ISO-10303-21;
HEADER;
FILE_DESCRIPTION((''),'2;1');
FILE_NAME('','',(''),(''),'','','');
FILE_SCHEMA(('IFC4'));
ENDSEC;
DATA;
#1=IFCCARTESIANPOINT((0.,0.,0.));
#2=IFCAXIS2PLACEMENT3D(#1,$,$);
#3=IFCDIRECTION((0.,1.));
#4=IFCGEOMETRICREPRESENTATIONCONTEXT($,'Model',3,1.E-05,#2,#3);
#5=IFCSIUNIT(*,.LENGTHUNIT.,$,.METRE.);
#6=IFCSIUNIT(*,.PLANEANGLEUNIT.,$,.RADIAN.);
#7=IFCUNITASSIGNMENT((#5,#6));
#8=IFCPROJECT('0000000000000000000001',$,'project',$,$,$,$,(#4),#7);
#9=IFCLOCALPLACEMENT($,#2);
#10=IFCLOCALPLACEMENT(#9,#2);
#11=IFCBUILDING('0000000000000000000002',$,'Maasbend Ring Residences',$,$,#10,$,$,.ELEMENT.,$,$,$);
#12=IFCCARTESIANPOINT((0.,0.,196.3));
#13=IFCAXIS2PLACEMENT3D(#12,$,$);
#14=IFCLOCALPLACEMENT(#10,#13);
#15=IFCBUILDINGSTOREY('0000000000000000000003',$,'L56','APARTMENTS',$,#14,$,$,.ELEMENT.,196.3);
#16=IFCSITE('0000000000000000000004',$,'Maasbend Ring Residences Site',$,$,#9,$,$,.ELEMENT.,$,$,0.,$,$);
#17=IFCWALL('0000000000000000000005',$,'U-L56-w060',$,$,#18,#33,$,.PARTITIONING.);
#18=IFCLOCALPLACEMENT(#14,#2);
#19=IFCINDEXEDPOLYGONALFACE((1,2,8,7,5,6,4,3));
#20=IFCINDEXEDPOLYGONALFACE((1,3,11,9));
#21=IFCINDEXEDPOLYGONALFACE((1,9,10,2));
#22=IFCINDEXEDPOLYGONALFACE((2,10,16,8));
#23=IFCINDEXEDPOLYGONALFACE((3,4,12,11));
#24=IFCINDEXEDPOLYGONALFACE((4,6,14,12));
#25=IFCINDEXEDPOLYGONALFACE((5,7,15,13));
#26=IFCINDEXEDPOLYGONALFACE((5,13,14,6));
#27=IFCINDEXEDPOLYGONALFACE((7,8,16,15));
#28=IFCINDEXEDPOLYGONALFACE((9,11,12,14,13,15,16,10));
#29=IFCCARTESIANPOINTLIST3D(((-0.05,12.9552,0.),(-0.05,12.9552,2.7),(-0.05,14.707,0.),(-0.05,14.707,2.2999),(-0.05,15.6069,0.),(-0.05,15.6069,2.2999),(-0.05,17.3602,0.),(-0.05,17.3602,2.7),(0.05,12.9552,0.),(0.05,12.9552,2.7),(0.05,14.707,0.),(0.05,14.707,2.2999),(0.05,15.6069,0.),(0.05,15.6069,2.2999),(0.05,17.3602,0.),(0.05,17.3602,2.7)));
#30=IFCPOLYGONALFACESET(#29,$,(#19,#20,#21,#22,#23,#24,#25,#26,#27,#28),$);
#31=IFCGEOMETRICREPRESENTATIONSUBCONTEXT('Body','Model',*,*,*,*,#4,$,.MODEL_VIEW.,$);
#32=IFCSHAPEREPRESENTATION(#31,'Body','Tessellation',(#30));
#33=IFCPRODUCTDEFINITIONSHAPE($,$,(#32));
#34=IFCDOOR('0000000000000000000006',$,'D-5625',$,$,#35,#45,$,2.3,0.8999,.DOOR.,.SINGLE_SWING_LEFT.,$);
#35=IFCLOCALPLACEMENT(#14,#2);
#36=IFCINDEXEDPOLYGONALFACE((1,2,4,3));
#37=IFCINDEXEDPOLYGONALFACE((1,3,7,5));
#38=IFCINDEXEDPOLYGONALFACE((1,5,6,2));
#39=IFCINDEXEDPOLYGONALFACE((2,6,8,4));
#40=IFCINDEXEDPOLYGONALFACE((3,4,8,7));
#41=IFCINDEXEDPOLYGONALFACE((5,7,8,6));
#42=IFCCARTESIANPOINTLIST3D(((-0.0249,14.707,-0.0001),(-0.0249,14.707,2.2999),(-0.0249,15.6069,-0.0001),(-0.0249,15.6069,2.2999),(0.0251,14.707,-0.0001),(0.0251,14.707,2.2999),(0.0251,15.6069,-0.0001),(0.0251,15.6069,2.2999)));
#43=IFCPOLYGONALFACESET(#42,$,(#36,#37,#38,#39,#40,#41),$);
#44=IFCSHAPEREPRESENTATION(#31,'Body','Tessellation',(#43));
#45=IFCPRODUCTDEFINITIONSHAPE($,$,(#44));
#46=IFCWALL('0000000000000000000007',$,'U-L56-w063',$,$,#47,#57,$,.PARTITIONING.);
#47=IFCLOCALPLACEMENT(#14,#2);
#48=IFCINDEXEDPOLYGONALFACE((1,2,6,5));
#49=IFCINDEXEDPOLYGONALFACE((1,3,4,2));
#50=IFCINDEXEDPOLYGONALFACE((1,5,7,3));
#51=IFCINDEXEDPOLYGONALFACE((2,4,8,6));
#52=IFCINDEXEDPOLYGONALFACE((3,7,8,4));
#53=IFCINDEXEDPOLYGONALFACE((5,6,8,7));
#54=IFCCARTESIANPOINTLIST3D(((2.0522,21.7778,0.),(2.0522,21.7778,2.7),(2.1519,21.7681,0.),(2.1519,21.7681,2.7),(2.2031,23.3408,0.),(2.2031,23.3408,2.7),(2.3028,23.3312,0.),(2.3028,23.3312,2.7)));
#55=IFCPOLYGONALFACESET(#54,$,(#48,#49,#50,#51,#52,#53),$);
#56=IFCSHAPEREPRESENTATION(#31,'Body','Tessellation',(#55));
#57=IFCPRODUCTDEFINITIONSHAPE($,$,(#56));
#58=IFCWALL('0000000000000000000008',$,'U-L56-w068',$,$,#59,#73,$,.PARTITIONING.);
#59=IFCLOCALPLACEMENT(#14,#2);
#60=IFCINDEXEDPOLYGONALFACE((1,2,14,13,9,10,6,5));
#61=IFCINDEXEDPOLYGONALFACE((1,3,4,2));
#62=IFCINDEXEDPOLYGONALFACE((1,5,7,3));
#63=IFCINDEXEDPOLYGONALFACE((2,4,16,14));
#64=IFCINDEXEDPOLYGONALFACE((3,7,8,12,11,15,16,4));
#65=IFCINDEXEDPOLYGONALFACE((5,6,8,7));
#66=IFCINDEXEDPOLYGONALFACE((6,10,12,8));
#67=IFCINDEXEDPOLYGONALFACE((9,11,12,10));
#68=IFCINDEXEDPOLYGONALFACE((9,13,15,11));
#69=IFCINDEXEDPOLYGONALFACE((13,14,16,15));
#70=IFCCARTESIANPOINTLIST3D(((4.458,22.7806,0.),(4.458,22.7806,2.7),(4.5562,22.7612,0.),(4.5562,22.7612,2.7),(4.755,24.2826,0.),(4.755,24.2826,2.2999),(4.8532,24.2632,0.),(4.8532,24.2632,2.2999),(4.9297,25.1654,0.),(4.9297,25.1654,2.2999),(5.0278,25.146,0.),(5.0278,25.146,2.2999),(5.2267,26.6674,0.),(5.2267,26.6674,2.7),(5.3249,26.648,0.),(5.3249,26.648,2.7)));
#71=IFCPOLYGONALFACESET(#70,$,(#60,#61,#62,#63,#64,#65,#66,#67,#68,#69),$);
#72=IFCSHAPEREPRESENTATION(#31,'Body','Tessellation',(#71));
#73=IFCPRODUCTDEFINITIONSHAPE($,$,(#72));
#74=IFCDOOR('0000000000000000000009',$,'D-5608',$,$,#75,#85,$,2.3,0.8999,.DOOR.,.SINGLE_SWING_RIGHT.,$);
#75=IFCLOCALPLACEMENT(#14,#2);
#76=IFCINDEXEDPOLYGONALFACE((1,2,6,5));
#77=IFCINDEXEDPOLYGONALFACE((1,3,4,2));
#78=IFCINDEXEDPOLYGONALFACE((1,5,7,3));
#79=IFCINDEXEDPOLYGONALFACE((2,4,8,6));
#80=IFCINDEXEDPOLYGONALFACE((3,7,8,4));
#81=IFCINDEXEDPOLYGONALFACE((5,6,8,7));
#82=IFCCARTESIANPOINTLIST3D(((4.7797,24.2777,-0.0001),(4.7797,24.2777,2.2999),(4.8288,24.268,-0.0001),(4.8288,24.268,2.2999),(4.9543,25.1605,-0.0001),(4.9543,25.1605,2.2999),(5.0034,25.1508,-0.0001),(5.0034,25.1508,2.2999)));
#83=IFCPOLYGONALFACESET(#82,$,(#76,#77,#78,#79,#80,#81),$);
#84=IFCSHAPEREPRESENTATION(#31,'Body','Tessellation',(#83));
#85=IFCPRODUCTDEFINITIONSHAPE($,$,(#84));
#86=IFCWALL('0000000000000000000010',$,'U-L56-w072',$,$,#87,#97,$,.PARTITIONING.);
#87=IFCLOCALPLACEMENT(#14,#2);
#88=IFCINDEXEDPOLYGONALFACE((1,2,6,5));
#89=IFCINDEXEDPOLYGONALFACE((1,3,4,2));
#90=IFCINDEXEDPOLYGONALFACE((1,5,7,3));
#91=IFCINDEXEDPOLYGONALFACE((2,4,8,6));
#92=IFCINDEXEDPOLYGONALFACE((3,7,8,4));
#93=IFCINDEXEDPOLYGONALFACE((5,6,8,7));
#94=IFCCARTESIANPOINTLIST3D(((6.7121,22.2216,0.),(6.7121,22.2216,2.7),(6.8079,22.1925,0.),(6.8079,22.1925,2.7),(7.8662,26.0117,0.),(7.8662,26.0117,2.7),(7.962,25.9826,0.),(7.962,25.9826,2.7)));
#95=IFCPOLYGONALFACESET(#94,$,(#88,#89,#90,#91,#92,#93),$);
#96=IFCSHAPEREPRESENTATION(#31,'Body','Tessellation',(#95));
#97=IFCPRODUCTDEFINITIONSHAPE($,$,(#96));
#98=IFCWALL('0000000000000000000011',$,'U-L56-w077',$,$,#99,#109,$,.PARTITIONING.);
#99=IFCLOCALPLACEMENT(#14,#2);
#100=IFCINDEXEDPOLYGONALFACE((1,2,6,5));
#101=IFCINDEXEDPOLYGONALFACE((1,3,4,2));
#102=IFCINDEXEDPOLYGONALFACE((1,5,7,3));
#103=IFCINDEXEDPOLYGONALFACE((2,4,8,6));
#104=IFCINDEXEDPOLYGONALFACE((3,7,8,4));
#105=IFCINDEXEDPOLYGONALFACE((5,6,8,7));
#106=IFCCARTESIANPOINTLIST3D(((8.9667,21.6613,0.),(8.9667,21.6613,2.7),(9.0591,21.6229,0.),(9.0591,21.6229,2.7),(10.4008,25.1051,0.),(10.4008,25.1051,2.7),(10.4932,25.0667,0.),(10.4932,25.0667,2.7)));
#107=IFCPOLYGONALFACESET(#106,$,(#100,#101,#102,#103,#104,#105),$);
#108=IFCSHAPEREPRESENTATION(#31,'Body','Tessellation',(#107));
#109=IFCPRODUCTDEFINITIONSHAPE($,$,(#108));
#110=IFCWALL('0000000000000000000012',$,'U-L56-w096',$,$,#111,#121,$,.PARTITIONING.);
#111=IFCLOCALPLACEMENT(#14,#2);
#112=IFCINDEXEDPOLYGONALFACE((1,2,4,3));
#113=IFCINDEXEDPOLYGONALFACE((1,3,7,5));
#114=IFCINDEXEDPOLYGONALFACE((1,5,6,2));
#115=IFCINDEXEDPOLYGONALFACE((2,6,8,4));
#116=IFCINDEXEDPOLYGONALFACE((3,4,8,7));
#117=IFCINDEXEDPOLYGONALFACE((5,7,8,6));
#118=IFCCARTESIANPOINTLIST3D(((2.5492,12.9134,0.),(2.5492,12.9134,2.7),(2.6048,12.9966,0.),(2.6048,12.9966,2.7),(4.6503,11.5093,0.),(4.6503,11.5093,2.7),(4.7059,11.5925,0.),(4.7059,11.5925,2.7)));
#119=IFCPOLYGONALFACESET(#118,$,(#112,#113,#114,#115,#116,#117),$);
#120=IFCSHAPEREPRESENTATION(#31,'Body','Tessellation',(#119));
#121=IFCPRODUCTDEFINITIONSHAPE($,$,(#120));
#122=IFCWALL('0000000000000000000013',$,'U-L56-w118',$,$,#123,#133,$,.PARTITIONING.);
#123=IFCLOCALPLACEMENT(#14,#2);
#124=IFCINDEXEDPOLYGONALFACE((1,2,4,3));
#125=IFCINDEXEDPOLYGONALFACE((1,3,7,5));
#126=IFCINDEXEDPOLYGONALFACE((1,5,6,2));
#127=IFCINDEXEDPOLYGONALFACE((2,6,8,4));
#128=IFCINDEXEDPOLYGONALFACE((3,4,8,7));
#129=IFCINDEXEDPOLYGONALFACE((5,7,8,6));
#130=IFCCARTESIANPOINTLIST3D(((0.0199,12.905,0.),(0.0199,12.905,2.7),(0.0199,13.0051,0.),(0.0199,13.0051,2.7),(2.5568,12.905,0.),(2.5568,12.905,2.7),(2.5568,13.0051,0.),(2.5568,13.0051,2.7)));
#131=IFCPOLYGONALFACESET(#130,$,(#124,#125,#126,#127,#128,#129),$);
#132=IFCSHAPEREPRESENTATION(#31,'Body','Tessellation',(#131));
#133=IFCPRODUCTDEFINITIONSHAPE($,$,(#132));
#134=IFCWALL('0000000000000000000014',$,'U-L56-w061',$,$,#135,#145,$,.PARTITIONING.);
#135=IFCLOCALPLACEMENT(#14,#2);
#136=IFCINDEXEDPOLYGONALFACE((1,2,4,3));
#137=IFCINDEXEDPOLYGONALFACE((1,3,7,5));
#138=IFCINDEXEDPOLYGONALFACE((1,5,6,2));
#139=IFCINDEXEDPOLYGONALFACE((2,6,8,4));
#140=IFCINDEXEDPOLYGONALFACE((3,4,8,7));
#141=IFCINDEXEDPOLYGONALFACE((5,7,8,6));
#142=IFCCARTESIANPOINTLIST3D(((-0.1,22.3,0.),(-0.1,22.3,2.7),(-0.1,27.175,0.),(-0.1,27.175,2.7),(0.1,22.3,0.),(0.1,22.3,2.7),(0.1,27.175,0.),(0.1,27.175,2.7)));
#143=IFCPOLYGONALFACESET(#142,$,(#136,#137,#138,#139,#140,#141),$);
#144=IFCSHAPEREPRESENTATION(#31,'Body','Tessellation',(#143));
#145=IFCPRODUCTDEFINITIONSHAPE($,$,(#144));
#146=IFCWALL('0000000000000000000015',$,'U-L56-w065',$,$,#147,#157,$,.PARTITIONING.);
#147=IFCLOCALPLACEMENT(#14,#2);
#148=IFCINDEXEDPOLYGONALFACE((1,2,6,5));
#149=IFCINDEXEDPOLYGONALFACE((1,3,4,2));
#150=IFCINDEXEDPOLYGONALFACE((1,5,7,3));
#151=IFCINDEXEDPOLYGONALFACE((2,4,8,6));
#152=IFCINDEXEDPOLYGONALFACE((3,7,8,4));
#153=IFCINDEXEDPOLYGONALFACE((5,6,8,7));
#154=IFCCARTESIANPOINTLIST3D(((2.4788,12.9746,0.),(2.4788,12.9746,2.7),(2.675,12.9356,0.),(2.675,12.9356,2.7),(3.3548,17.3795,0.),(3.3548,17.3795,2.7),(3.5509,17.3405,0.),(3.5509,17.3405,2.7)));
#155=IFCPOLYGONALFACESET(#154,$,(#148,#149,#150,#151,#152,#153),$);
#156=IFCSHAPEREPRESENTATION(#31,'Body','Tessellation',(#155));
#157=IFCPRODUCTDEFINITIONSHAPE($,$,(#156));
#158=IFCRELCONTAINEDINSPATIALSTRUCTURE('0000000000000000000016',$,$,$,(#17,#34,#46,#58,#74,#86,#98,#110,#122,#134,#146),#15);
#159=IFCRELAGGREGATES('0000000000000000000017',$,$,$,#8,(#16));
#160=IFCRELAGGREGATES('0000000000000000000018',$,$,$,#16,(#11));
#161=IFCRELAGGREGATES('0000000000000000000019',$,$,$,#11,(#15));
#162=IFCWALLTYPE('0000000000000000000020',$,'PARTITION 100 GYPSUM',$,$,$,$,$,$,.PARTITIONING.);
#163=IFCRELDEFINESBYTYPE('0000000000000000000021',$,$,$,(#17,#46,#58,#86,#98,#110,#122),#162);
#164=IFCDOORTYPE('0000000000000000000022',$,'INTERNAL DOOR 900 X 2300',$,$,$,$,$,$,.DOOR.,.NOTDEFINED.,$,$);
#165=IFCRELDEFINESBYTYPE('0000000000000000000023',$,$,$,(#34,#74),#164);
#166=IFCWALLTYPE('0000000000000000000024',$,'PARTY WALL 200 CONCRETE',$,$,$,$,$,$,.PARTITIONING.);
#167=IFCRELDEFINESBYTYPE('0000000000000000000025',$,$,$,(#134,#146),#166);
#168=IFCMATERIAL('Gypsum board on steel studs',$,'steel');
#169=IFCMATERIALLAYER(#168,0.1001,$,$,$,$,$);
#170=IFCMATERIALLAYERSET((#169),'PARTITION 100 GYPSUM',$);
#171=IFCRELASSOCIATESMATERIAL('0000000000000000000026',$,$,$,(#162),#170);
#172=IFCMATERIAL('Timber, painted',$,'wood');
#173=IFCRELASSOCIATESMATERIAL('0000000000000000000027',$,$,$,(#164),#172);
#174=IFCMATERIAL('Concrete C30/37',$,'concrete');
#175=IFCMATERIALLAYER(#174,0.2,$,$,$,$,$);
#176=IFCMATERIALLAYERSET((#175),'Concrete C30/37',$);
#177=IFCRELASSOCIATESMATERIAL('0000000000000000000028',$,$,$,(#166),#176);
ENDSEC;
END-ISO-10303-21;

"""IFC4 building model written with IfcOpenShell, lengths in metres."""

from ifc_helpers import new_model, si_unit, direction, frame, frame_2d, origin, place, context, subcontext, project, spatial, rectangle, extrude, material, layer, layer_set, type_object, element, fill, save


model = new_model("IFC4")

# Units and contexts
model_context = context("Model", 3, precision=1e-05, world=origin(), true_north=direction((0.0, 1.0)))
body_context = subcontext(model_context, "Body", "Model", "MODEL_VIEW")
ifc_project = project(units=[si_unit("LENGTHUNIT", "METRE"), si_unit("PLANEANGLEUNIT", "RADIAN")], contexts=[model_context])

# Site, building, storey
site_placement = place(None, origin())
site = spatial("IfcSite", under=ifc_project, at=site_placement, Name="Maasbend Ring Residences Site", CompositionType="ELEMENT", RefElevation=0.0)
building_placement = place(site_placement, origin())
building = spatial("IfcBuilding", under=site, at=building_placement, Name="Maasbend Ring Residences", CompositionType="ELEMENT")
storey_placement = place(building_placement, frame((0.0, 0.0, 196.3)))
storey = spatial("IfcBuildingStorey", under=building, at=storey_placement, Name="L56", Description="APARTMENTS", CompositionType="ELEMENT", Elevation=196.3)

# Wall, opening, door
ifc_material_1 = material(Name="Gypsum board on steel studs", Category="steel")
ifc_layer_1 = layer(ifc_material_1, 0.1001)
ifc_layer_set_1 = layer_set([ifc_layer_1], Name="PARTITION 100 GYPSUM")
wall_type_1 = type_object("IfcWallType", Name="PARTITION 100 GYPSUM", PredefinedType="PARTITIONING", material=ifc_layer_set_1)
wall_1_placement = place(storey_placement, frame((0.0, 12.9551, 0.0), z_axis=(0.0, 0.0, 1.0), x_axis=(0.0, 1.0, 0.0)))
wall_1 = element("IfcWall", 1, at=wall_1_placement, inside=storey, type_object=wall_type_1, Name="U-L56-w060", PredefinedType="PARTITIONING", context=body_context, shape_type="SweptSolid", body=[
    extrude(rectangle(XDim=4.405, YDim=0.1001, at=frame_2d((2.2026, 0.0))), origin(), (0.0, 0.0, 1.0), 2.7),
])
opening_1_placement = place(wall_1_placement, frame((1.752, 0.0, 0.0)))
opening_1 = element("IfcOpeningElement", 2, at=opening_1_placement, cuts=wall_1, PredefinedType="OPENING", context=body_context, shape_type="SweptSolid", body=[
    extrude(rectangle(XDim=0.8999, YDim=2.3, at=frame_2d((0.45, 1.1499))), frame((0.0, 0.0601, 0.0), z_axis=(0.0, -1.0, 0.0), x_axis=(1.0, 0.0, 0.0)), (0.0, 0.0, 1.0), 0.1201),
])
ifc_material_2 = material(Name="Timber, painted", Category="wood")
door_type_1 = type_object("IfcDoorType", Name="INTERNAL DOOR 900 X 2300", OperationType="NOTDEFINED", PredefinedType="DOOR", material=ifc_material_2)
door_1_placement = place(opening_1_placement, origin())
door_1 = element("IfcDoor", 3, at=door_1_placement, inside=storey, type_object=door_type_1, Name="D-5625", OperationType="SINGLE_SWING_LEFT", OverallHeight=2.3, OverallWidth=0.8999, PredefinedType="DOOR", context=body_context, shape_type="SweptSolid", body=[
    extrude(rectangle(XDim=0.8999, YDim=2.3, at=frame_2d((0.45, 1.1499))), frame((0.0, 0.0249, 0.0), z_axis=(0.0, -1.0, 0.0), x_axis=(1.0, 0.0, 0.0)), (0.0, 0.0, 1.0), 0.05),
])
fill(opening_1, door_1)

# Wall
wall_2_placement = place(storey_placement, frame((2.1021, 21.7729, 0.0), z_axis=(0.0, 0.0, 1.0), x_axis=(0.096086, 0.995373, 0.0)))
element("IfcWall", 4, at=wall_2_placement, inside=storey, type_object=wall_type_1, Name="U-L56-w063", PredefinedType="PARTITIONING", context=body_context, shape_type="SweptSolid", body=[
    extrude(rectangle(XDim=1.5703, YDim=0.1001, at=frame_2d((0.7852, 0.0))), origin(), (0.0, 0.0, 1.0), 2.7),
])

# Wall, opening, door
wall_3_placement = place(storey_placement, frame((4.5071, 22.771, 0.0), z_axis=(0.0, 0.0, 1.0), x_axis=(0.19403, 0.980996, 0.0)))
wall_3 = element("IfcWall", 5, at=wall_3_placement, inside=storey, type_object=wall_type_1, Name="U-L56-w068", PredefinedType="PARTITIONING", context=body_context, shape_type="SweptSolid", body=[
    extrude(rectangle(XDim=3.9622, YDim=0.1001, at=frame_2d((1.981, 0.0))), origin(), (0.0, 0.0, 1.0), 2.7),
])
opening_2_placement = place(wall_3_placement, frame((1.531, 0.0, 0.0)))
opening_2 = element("IfcOpeningElement", 6, at=opening_2_placement, cuts=wall_3, PredefinedType="OPENING", context=body_context, shape_type="SweptSolid", body=[
    extrude(rectangle(XDim=0.8999, YDim=2.3, at=frame_2d((0.45, 1.1499))), frame((0.0, 0.0601, 0.0), z_axis=(0.0, -1.0, 0.0), x_axis=(1.0, 0.0, 0.0)), (0.0, 0.0, 1.0), 0.1201),
])
door_2_placement = place(opening_2_placement, origin())
door_2 = element("IfcDoor", 7, at=door_2_placement, inside=storey, type_object=door_type_1, Name="D-5608", OperationType="SINGLE_SWING_RIGHT", OverallHeight=2.3, OverallWidth=0.8999, PredefinedType="DOOR", context=body_context, shape_type="SweptSolid", body=[
    extrude(rectangle(XDim=0.8999, YDim=2.3, at=frame_2d((0.45, 1.1499))), frame((0.0, 0.0249, 0.0), z_axis=(0.0, -1.0, 0.0), x_axis=(1.0, 0.0, 0.0)), (0.0, 0.0, 1.0), 0.05),
])
fill(opening_2, door_2)

# Walls
wall_4_placement = place(storey_placement, frame((6.76, 22.207, 0.0), z_axis=(0.0, 0.0, 1.0), x_axis=(0.291292, 0.956634, 0.0)))
element("IfcWall", 8, at=wall_4_placement, inside=storey, type_object=wall_type_1, Name="U-L56-w072", PredefinedType="PARTITIONING", context=body_context, shape_type="SweptSolid", body=[
    extrude(rectangle(XDim=3.9619, YDim=0.1001, at=frame_2d((1.981, 0.0))), origin(), (0.0, 0.0, 1.0), 2.7),
])
wall_5_placement = place(storey_placement, frame((9.0129, 21.6421, 0.0), z_axis=(0.0, 0.0, 1.0), x_axis=(0.38442, 0.923158, 0.0)))
element("IfcWall", 9, at=wall_5_placement, inside=storey, type_object=wall_type_1, Name="U-L56-w077", PredefinedType="PARTITIONING", context=body_context, shape_type="SweptSolid", body=[
    extrude(rectangle(XDim=3.7305, YDim=0.1001, at=frame_2d((1.8652, 0.0))), origin(), (0.0, 0.0, 1.0), 2.7),
])
wall_6_placement = place(storey_placement, frame((2.5769, 12.9551, 0.0), z_axis=(0.0, 0.0, 1.0), x_axis=(0.83144, -0.555614, 0.0)))
element("IfcWall", 10, at=wall_6_placement, inside=storey, type_object=wall_type_1, Name="U-L56-w096", PredefinedType="PARTITIONING", context=body_context, shape_type="SweptSolid", body=[
    extrude(rectangle(XDim=2.5271, YDim=0.1001, at=frame_2d((1.2637, 0.0))), origin(), (0.0, 0.0, 1.0), 2.7),
])
wall_7_placement = place(storey_placement, frame((2.5569, 12.9551, 0.0), z_axis=(0.0, 0.0, 1.0), x_axis=(-1.0, 0.0, 0.0)))
element("IfcWall", 11, at=wall_7_placement, inside=storey, type_object=wall_type_1, Name="U-L56-w118", PredefinedType="PARTITIONING", context=body_context, shape_type="SweptSolid", body=[
    extrude(rectangle(XDim=2.5369, YDim=0.1001, at=frame_2d((1.2686, 0.0))), origin(), (0.0, 0.0, 1.0), 2.7),
])
ifc_material_3 = material(Name="Concrete C30/37", Category="concrete")
ifc_layer_2 = layer(ifc_material_3, 0.2)
ifc_layer_set_2 = layer_set([ifc_layer_2], Name="Concrete C30/37")
wall_type_2 = type_object("IfcWallType", Name="PARTY WALL 200 CONCRETE", PredefinedType="PARTITIONING", material=ifc_layer_set_2)
wall_8_placement = place(storey_placement, frame((0.0, 22.3, 0.0), z_axis=(0.0, 0.0, 1.0), x_axis=(0.0, 1.0, 0.0)))
element("IfcWall", 12, at=wall_8_placement, inside=storey, type_object=wall_type_2, Name="U-L56-w061", PredefinedType="PARTITIONING", context=body_context, shape_type="SweptSolid", body=[
    extrude(rectangle(XDim=4.875, YDim=0.2, at=frame_2d((2.4375, 0.0))), origin(), (0.0, 0.0, 1.0), 2.7),
])
wall_9_placement = place(storey_placement, frame((2.5769, 12.9551, 0.0), z_axis=(0.0, 0.0, 1.0), x_axis=(0.195039, 0.980795, 0.0)))
element("IfcWall", 13, at=wall_9_placement, inside=storey, type_object=wall_type_2, Name="U-L56-w065", PredefinedType="PARTITIONING", context=body_context, shape_type="SweptSolid", body=[
    extrude(rectangle(XDim=4.4912, YDim=0.2, at=frame_2d((2.2456, 0.0))), origin(), (0.0, 0.0, 1.0), 2.7),
])

save(model, "model.ifc")
